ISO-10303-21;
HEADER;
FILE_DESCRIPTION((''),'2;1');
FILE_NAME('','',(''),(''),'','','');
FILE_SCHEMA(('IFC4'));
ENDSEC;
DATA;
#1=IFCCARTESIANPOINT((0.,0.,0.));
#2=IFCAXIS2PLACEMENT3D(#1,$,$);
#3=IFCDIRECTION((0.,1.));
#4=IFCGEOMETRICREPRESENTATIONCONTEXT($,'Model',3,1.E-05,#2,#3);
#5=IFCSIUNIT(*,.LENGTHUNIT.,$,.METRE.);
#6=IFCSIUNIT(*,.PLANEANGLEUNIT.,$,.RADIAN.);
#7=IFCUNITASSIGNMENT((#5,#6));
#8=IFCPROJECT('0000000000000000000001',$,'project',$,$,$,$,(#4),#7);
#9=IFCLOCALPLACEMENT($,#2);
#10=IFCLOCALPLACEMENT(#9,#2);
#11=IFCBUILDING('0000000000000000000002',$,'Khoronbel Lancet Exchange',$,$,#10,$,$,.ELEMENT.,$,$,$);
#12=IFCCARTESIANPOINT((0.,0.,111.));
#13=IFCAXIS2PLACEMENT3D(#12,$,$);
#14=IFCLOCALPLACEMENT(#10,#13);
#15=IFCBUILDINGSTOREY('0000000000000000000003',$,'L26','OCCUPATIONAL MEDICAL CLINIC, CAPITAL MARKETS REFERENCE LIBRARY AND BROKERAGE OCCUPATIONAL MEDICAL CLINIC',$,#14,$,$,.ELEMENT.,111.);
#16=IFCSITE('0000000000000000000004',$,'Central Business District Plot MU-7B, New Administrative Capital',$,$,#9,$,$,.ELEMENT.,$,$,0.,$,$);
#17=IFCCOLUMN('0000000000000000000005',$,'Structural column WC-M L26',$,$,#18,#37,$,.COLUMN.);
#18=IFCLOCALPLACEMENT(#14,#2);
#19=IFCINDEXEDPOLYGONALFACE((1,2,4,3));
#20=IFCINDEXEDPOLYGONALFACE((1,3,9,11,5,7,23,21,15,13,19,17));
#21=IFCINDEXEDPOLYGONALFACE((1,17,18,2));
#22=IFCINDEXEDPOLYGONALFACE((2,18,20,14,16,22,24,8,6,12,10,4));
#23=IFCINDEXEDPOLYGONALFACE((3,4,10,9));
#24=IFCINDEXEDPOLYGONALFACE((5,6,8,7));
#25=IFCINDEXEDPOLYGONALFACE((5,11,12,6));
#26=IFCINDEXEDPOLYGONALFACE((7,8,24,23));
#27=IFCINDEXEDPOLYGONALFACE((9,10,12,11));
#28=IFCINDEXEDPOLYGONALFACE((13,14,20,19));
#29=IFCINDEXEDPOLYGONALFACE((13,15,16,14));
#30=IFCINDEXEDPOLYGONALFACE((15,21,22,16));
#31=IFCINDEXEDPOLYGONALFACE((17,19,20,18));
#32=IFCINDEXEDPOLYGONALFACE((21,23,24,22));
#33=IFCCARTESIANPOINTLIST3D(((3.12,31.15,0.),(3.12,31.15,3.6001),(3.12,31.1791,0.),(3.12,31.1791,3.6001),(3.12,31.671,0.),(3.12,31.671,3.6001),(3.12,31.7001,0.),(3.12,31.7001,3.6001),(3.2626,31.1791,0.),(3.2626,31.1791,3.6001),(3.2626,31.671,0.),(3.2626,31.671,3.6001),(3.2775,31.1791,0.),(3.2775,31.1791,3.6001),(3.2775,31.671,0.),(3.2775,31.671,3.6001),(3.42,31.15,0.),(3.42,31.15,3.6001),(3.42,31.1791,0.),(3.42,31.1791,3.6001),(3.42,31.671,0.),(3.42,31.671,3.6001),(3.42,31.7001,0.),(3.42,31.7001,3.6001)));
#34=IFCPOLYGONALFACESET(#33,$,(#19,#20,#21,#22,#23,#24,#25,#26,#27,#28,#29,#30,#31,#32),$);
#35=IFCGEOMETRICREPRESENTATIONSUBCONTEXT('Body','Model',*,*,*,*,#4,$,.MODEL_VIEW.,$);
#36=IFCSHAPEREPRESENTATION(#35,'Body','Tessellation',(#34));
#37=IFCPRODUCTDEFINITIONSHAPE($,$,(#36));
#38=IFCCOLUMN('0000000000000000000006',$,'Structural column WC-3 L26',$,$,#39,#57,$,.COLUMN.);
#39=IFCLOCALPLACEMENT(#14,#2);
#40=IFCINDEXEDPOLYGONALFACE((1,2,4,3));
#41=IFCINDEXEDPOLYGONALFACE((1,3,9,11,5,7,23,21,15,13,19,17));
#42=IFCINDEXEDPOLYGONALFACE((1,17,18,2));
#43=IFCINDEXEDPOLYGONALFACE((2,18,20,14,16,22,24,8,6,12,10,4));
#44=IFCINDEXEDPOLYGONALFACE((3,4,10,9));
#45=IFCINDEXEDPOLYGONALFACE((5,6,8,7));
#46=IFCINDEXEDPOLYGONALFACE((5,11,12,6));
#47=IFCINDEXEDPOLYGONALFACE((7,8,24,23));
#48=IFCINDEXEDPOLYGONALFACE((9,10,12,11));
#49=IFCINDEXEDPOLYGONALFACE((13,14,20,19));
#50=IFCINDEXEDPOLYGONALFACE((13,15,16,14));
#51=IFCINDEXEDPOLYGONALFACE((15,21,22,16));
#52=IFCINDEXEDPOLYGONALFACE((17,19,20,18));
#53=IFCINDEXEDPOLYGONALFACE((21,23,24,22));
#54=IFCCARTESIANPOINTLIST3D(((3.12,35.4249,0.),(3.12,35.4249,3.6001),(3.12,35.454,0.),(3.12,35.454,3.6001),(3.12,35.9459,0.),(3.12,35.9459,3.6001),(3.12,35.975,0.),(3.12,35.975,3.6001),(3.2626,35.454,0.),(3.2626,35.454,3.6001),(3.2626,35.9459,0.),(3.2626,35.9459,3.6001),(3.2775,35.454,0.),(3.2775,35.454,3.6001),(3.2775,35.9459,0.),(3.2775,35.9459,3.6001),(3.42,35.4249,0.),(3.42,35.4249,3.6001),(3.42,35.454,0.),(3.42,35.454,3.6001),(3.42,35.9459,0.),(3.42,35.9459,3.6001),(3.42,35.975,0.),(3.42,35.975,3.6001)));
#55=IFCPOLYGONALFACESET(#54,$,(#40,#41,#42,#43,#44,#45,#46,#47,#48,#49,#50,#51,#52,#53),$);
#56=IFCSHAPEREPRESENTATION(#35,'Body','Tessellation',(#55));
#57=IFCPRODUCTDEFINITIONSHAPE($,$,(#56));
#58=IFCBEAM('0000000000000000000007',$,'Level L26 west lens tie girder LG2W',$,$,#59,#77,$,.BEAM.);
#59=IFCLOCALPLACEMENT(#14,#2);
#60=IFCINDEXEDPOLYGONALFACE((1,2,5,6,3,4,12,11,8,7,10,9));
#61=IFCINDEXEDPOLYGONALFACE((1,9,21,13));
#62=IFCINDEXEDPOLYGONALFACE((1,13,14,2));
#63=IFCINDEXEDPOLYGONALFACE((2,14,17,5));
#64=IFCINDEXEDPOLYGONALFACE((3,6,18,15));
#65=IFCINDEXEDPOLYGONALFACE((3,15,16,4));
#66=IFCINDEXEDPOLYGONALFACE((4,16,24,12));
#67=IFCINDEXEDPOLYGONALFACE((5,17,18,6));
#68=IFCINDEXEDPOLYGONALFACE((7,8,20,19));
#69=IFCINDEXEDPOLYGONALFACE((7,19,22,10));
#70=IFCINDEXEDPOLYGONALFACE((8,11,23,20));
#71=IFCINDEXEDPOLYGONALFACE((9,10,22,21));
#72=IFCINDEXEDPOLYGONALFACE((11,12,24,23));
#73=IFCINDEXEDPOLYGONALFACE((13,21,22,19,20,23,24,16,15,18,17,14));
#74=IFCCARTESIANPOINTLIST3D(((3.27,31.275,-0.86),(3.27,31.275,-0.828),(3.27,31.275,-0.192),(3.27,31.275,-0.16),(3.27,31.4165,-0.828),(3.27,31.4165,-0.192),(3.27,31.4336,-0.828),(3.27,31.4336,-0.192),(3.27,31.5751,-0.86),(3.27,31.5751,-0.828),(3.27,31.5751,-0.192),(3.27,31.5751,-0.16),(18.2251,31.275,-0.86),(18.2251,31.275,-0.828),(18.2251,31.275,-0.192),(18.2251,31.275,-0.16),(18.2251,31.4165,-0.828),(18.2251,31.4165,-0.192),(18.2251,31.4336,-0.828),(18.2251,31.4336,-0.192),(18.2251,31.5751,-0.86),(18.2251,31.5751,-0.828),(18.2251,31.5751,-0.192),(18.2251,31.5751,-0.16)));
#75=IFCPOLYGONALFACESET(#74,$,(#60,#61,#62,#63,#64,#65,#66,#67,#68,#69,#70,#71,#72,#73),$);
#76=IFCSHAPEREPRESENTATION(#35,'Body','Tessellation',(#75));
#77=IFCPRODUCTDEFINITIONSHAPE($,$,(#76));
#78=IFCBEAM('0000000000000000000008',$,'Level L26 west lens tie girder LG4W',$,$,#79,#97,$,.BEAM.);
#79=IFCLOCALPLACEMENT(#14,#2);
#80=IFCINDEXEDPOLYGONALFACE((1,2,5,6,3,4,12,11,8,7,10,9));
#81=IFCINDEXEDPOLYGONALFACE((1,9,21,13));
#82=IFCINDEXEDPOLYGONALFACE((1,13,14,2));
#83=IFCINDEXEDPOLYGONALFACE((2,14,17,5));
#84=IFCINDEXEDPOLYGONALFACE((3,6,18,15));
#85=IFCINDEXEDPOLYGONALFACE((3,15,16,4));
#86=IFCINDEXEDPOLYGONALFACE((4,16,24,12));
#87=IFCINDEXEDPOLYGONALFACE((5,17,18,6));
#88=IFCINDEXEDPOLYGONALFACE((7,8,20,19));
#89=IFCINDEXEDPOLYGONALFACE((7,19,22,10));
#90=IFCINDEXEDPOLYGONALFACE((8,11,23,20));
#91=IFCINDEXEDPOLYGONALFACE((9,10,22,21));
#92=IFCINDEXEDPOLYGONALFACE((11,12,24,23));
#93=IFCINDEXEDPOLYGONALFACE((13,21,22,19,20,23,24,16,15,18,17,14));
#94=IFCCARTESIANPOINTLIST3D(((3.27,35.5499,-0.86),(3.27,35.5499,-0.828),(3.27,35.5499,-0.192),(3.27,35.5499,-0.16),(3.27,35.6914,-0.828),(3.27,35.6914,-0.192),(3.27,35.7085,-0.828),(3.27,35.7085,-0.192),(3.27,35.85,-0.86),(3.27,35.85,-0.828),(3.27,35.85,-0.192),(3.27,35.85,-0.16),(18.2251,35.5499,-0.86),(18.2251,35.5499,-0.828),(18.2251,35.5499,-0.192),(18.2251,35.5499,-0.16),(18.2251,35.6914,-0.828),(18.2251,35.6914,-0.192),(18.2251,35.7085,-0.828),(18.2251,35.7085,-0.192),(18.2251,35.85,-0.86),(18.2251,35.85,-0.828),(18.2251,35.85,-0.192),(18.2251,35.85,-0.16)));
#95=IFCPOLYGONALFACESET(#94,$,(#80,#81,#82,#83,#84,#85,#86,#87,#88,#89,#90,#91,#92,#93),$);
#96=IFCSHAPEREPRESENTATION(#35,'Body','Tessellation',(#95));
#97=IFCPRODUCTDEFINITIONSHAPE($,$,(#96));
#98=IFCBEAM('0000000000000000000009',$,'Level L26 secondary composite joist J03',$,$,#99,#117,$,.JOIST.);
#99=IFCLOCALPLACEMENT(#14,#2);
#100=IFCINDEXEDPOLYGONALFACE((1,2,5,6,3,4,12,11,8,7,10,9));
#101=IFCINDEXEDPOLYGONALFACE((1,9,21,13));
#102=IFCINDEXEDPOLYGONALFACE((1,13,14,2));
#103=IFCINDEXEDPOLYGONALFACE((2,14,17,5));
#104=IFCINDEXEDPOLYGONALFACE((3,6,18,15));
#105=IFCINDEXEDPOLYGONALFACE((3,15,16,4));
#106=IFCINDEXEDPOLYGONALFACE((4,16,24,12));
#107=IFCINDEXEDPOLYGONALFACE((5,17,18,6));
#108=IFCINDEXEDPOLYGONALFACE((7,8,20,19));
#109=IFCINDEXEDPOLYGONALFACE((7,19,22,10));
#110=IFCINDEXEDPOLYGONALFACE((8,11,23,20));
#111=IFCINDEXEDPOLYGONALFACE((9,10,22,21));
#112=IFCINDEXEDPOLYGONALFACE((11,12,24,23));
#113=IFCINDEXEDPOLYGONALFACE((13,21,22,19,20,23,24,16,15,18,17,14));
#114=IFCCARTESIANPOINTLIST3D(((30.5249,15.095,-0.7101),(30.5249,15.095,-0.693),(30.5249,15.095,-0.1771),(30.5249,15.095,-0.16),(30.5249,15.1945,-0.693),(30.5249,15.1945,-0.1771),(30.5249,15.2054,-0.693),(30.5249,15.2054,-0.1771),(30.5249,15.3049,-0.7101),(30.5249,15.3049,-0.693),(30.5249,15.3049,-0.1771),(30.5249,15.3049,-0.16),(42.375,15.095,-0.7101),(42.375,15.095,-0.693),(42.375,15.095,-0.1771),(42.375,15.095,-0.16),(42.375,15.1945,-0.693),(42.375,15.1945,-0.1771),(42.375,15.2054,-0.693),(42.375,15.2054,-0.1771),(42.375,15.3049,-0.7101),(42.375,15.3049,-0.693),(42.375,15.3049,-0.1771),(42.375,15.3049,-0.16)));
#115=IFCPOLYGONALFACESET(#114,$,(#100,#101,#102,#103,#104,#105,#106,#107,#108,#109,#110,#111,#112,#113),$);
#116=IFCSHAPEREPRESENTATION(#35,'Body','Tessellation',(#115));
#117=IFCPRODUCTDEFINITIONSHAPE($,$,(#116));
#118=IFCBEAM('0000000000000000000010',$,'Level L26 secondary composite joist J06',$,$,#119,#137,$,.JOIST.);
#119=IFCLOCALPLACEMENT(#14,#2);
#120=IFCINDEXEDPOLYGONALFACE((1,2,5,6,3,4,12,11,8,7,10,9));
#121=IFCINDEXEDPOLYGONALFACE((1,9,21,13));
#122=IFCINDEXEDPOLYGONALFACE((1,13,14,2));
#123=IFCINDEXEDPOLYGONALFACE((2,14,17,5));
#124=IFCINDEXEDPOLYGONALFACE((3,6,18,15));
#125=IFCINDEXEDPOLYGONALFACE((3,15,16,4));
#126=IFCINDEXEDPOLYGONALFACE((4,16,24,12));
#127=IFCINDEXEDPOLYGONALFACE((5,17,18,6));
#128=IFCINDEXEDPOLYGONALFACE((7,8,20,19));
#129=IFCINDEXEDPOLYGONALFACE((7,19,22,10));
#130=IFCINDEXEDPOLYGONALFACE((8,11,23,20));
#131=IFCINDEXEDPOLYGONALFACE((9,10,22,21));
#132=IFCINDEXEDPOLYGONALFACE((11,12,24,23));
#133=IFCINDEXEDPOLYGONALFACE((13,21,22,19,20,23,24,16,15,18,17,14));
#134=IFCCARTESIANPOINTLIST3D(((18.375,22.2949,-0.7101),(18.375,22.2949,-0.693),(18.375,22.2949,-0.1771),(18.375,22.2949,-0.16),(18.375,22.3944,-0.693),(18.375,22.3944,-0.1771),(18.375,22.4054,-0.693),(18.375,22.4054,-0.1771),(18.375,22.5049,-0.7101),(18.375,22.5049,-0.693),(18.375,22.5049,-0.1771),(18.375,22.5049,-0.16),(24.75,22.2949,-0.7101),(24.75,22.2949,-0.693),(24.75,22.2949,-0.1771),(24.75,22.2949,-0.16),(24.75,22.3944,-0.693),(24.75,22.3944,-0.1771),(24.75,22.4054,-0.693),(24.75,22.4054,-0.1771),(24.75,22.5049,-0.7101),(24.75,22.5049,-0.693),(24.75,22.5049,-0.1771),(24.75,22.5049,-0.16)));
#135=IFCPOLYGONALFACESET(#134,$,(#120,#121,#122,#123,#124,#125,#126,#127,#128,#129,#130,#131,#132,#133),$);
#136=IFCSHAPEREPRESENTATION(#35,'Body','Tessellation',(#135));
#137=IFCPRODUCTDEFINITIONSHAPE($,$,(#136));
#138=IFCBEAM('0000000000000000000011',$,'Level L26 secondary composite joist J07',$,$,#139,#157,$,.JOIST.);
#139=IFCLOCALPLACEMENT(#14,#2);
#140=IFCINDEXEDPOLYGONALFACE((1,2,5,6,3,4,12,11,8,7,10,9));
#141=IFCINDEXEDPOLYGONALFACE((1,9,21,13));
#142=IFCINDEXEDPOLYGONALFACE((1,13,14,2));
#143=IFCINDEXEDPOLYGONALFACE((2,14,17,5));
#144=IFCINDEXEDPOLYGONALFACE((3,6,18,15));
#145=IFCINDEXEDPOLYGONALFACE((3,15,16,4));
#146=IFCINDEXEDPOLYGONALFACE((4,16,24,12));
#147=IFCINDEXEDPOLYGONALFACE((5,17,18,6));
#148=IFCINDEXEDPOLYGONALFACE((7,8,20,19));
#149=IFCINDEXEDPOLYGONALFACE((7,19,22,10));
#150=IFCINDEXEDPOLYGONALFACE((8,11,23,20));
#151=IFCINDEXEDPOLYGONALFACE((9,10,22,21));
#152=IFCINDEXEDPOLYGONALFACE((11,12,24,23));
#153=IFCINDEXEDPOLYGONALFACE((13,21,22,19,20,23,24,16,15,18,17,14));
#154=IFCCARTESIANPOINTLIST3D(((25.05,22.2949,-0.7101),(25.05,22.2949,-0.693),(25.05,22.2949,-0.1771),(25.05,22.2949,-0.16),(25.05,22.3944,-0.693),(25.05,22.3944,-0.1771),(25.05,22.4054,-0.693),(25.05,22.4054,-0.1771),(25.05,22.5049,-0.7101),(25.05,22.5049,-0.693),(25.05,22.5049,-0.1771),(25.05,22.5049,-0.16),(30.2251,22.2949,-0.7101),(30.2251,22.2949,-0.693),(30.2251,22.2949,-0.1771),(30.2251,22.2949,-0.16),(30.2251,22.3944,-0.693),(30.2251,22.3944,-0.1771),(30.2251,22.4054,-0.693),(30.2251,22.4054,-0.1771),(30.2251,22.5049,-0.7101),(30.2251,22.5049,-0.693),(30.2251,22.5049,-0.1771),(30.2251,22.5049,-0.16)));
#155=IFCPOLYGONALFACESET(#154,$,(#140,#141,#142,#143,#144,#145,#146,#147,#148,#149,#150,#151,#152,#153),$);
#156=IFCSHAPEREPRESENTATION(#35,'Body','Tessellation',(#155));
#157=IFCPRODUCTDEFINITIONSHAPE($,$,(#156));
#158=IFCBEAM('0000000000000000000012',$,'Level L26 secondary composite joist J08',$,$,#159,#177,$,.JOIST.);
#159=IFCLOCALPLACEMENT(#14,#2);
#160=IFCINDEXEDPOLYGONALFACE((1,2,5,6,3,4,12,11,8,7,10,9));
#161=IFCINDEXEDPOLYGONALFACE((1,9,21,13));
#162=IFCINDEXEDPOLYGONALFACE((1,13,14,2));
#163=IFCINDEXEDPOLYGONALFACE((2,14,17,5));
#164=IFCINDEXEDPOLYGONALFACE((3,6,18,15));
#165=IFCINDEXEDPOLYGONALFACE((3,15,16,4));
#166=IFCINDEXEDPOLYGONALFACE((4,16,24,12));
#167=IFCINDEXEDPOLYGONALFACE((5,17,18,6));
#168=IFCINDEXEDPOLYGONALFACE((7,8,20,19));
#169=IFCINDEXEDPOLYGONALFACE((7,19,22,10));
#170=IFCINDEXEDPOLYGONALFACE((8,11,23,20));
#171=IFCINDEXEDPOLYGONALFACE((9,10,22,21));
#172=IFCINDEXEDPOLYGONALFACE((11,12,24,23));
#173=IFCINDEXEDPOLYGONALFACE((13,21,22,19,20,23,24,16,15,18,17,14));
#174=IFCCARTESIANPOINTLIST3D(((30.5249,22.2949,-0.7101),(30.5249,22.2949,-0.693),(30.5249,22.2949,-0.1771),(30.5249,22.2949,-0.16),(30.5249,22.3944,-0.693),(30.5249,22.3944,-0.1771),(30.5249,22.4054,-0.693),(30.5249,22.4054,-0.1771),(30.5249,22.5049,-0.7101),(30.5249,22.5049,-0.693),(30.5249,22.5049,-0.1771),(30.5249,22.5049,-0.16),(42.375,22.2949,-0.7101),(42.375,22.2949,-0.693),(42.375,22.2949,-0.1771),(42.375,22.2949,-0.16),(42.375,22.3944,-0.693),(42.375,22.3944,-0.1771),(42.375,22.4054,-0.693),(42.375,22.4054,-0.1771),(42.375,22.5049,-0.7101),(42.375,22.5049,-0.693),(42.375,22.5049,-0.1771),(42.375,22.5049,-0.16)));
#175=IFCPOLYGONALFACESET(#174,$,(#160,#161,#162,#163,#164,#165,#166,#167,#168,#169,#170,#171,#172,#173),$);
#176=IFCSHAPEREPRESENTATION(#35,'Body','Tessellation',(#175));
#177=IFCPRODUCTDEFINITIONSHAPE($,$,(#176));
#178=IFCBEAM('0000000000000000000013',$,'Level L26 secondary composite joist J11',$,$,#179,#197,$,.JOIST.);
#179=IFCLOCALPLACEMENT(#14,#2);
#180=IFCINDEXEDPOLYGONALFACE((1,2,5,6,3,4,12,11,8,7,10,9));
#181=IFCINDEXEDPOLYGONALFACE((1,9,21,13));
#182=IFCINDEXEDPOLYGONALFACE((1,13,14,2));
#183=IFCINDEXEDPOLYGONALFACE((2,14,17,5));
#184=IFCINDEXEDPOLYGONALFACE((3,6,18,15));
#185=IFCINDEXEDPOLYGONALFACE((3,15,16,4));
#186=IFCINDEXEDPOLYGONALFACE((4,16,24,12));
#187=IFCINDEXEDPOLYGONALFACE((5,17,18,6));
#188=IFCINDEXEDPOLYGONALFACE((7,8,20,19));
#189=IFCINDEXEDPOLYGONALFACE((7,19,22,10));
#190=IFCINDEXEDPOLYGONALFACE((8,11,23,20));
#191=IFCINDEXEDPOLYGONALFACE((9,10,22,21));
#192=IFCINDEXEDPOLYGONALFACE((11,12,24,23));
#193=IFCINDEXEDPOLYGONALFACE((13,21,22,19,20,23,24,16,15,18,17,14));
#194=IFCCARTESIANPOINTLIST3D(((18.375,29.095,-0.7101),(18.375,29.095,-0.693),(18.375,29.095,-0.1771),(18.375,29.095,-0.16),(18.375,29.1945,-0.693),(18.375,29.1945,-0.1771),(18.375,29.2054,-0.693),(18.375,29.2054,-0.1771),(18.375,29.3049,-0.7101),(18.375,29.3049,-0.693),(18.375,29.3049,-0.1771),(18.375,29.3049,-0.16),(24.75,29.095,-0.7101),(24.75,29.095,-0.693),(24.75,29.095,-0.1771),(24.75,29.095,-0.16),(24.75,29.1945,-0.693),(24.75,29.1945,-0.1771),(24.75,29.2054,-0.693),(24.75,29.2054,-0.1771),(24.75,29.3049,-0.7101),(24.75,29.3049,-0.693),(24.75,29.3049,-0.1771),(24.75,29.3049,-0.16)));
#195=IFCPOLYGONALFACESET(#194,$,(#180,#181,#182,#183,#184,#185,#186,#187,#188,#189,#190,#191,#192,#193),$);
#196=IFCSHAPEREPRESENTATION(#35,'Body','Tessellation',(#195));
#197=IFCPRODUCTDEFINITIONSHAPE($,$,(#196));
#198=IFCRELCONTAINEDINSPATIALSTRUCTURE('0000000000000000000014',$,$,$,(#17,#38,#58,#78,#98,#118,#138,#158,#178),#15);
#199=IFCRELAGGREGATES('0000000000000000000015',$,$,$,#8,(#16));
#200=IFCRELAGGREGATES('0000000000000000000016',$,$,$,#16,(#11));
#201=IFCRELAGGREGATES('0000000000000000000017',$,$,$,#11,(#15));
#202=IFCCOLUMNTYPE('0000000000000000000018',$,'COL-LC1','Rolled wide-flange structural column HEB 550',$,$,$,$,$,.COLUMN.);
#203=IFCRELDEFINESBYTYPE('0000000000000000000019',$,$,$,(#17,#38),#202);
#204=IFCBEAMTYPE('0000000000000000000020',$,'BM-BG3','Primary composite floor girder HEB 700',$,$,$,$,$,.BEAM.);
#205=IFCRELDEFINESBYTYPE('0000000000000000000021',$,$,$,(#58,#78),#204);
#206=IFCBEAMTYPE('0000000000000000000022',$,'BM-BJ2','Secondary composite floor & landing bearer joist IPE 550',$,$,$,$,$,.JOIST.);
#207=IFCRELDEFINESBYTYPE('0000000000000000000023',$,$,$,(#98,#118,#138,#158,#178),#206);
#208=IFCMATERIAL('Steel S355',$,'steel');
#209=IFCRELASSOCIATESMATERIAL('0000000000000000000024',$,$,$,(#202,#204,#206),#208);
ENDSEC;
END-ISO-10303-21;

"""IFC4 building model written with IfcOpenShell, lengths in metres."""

from ifc_helpers import new_model, si_unit, direction, frame, origin, origin_2d, place, context, subcontext, project, spatial, i_section, extrude, material, material_profile, profile_set, type_object, element, save


model = new_model("IFC4")

# Units and contexts
model_context = context("Model", 3, precision=1e-05, world=origin(), true_north=direction((0.0, 1.0)))
body_context = subcontext(model_context, "Body", "Model", "MODEL_VIEW")
ifc_project = project(units=[si_unit("LENGTHUNIT", "METRE"), si_unit("PLANEANGLEUNIT", "RADIAN")], contexts=[model_context])

# Site, building, storey
site_placement = place(None, origin())
site = spatial("IfcSite", under=ifc_project, at=site_placement, Name="Central Business District Plot MU-7B, New Administrative Capital", CompositionType="ELEMENT", RefElevation=0.0)
building_placement = place(site_placement, origin())
building = spatial("IfcBuilding", under=site, at=building_placement, Name="Khoronbel Lancet Exchange", CompositionType="ELEMENT")
storey_placement = place(building_placement, frame((0.0, 0.0, 111.0)))
storey = spatial("IfcBuildingStorey", under=building, at=storey_placement, Name="L26", Description="OCCUPATIONAL MEDICAL CLINIC, CAPITAL MARKETS REFERENCE LIBRARY AND BROKERAGE OCCUPATIONAL MEDICAL CLINIC", CompositionType="ELEMENT", Elevation=111.0)

# Columns
ifc_material_1 = material(Name="Steel S355", Category="steel")
ifc_material_profile_1 = material_profile(ifc_material_1, i_section(OverallWidth=0.3, OverallDepth=0.55, WebThickness=0.0149, FlangeThickness=0.0291, at=origin_2d()), Name="HEB 550")
ifc_profile_set_1 = profile_set([ifc_material_profile_1], Name="Steel S355")
column_type = type_object("IfcColumnType", Name="COL-LC1", Description="Rolled wide-flange structural column HEB 550", PredefinedType="COLUMN", material=ifc_profile_set_1)
for number, where, z_axis, x_axis, name in (
    (1, (3.27, 31.425, 0.0), (0.0, 0.0, 1.0), (1.0, 0.0, 0.0), "Structural column WC-M L26"),
    (2, (3.27, 35.7, 0.0), (0.0, 0.0, 1.0), (1.0, 0.0, 0.0), "Structural column WC-3 L26"),
):
    element("IfcColumn", number, at=place(storey_placement, frame(where, z_axis=z_axis, x_axis=x_axis)), inside=storey, type_object=column_type, Name=name, PredefinedType="COLUMN", context=body_context, shape_type="SweptSolid", body=[
        extrude(i_section(OverallWidth=0.3, OverallDepth=0.55, WebThickness=0.0149, FlangeThickness=0.0291, at=origin_2d()), origin(), (0.0, 0.0, 1.0), 3.6001),
    ])

# Beams
ifc_material_profile_2 = material_profile(ifc_material_1, i_section(OverallWidth=0.3, OverallDepth=0.7, WebThickness=0.0171, FlangeThickness=0.032, at=origin_2d()), Name="HEB 700")
ifc_profile_set_2 = profile_set([ifc_material_profile_2], Name="Steel S355")
beam_type_1 = type_object("IfcBeamType", Name="BM-BG3", Description="Primary composite floor girder HEB 700", PredefinedType="BEAM", material=ifc_profile_set_2)
for number, where, z_axis, x_axis, name in (
    (3, (3.27, 31.425, -0.51), (1.0, 0.0, 0.0), (0.0, 1.0, 0.0), "Level L26 west lens tie girder LG2W"),
    (4, (3.27, 35.7, -0.51), (1.0, 0.0, 0.0), (0.0, 1.0, 0.0), "Level L26 west lens tie girder LG4W"),
):
    element("IfcBeam", number, at=place(storey_placement, frame(where, z_axis=z_axis, x_axis=x_axis)), inside=storey, type_object=beam_type_1, Name=name, PredefinedType="BEAM", context=body_context, shape_type="SweptSolid", body=[
        extrude(i_section(OverallWidth=0.3, OverallDepth=0.7, WebThickness=0.0171, FlangeThickness=0.032, at=origin_2d()), origin(), (0.0, 0.0, 1.0), 14.9551),
    ])
ifc_material_profile_3 = material_profile(ifc_material_1, i_section(OverallWidth=0.21, OverallDepth=0.55, WebThickness=0.011, FlangeThickness=0.0171, at=origin_2d()), Name="IPE 550")
ifc_profile_set_3 = profile_set([ifc_material_profile_3], Name="Steel S355")
beam_type_2 = type_object("IfcBeamType", Name="BM-BJ2", Description="Secondary composite floor & landing bearer joist IPE 550", PredefinedType="JOIST", material=ifc_profile_set_3)
beam_1_placement = place(storey_placement, frame((30.5249, 15.2, -0.4351), z_axis=(1.0, 0.0, 0.0), x_axis=(0.0, 1.0, 0.0)))
element("IfcBeam", 5, at=beam_1_placement, inside=storey, type_object=beam_type_2, Name="Level L26 secondary composite joist J03", PredefinedType="JOIST", context=body_context, shape_type="SweptSolid", body=[
    extrude(i_section(OverallWidth=0.21, OverallDepth=0.55, WebThickness=0.011, FlangeThickness=0.0171, at=origin_2d()), origin(), (0.0, 0.0, 1.0), 11.8501),
])
beam_2_placement = place(storey_placement, frame((18.375, 22.3999, -0.4351), z_axis=(1.0, 0.0, 0.0), x_axis=(0.0, 1.0, 0.0)))
element("IfcBeam", 6, at=beam_2_placement, inside=storey, type_object=beam_type_2, Name="Level L26 secondary composite joist J06", PredefinedType="JOIST", context=body_context, shape_type="SweptSolid", body=[
    extrude(i_section(OverallWidth=0.21, OverallDepth=0.55, WebThickness=0.011, FlangeThickness=0.0171, at=origin_2d()), origin(), (0.0, 0.0, 1.0), 6.375),
])
beam_3_placement = place(storey_placement, frame((25.05, 22.3999, -0.4351), z_axis=(1.0, 0.0, 0.0), x_axis=(0.0, 1.0, 0.0)))
element("IfcBeam", 7, at=beam_3_placement, inside=storey, type_object=beam_type_2, Name="Level L26 secondary composite joist J07", PredefinedType="JOIST", context=body_context, shape_type="SweptSolid", body=[
    extrude(i_section(OverallWidth=0.21, OverallDepth=0.55, WebThickness=0.011, FlangeThickness=0.0171, at=origin_2d()), origin(), (0.0, 0.0, 1.0), 5.175),
])
beam_4_placement = place(storey_placement, frame((30.5249, 22.3999, -0.4351), z_axis=(1.0, 0.0, 0.0), x_axis=(0.0, 1.0, 0.0)))
element("IfcBeam", 8, at=beam_4_placement, inside=storey, type_object=beam_type_2, Name="Level L26 secondary composite joist J08", PredefinedType="JOIST", context=body_context, shape_type="SweptSolid", body=[
    extrude(i_section(OverallWidth=0.21, OverallDepth=0.55, WebThickness=0.011, FlangeThickness=0.0171, at=origin_2d()), origin(), (0.0, 0.0, 1.0), 11.8501),
])
beam_5_placement = place(storey_placement, frame((18.375, 29.2, -0.4351), z_axis=(1.0, 0.0, 0.0), x_axis=(0.0, 1.0, 0.0)))
element("IfcBeam", 9, at=beam_5_placement, inside=storey, type_object=beam_type_2, Name="Level L26 secondary composite joist J11", PredefinedType="JOIST", context=body_context, shape_type="SweptSolid", body=[
    extrude(i_section(OverallWidth=0.21, OverallDepth=0.55, WebThickness=0.011, FlangeThickness=0.0171, at=origin_2d()), origin(), (0.0, 0.0, 1.0), 6.375),
])

save(model, "model.ifc")
